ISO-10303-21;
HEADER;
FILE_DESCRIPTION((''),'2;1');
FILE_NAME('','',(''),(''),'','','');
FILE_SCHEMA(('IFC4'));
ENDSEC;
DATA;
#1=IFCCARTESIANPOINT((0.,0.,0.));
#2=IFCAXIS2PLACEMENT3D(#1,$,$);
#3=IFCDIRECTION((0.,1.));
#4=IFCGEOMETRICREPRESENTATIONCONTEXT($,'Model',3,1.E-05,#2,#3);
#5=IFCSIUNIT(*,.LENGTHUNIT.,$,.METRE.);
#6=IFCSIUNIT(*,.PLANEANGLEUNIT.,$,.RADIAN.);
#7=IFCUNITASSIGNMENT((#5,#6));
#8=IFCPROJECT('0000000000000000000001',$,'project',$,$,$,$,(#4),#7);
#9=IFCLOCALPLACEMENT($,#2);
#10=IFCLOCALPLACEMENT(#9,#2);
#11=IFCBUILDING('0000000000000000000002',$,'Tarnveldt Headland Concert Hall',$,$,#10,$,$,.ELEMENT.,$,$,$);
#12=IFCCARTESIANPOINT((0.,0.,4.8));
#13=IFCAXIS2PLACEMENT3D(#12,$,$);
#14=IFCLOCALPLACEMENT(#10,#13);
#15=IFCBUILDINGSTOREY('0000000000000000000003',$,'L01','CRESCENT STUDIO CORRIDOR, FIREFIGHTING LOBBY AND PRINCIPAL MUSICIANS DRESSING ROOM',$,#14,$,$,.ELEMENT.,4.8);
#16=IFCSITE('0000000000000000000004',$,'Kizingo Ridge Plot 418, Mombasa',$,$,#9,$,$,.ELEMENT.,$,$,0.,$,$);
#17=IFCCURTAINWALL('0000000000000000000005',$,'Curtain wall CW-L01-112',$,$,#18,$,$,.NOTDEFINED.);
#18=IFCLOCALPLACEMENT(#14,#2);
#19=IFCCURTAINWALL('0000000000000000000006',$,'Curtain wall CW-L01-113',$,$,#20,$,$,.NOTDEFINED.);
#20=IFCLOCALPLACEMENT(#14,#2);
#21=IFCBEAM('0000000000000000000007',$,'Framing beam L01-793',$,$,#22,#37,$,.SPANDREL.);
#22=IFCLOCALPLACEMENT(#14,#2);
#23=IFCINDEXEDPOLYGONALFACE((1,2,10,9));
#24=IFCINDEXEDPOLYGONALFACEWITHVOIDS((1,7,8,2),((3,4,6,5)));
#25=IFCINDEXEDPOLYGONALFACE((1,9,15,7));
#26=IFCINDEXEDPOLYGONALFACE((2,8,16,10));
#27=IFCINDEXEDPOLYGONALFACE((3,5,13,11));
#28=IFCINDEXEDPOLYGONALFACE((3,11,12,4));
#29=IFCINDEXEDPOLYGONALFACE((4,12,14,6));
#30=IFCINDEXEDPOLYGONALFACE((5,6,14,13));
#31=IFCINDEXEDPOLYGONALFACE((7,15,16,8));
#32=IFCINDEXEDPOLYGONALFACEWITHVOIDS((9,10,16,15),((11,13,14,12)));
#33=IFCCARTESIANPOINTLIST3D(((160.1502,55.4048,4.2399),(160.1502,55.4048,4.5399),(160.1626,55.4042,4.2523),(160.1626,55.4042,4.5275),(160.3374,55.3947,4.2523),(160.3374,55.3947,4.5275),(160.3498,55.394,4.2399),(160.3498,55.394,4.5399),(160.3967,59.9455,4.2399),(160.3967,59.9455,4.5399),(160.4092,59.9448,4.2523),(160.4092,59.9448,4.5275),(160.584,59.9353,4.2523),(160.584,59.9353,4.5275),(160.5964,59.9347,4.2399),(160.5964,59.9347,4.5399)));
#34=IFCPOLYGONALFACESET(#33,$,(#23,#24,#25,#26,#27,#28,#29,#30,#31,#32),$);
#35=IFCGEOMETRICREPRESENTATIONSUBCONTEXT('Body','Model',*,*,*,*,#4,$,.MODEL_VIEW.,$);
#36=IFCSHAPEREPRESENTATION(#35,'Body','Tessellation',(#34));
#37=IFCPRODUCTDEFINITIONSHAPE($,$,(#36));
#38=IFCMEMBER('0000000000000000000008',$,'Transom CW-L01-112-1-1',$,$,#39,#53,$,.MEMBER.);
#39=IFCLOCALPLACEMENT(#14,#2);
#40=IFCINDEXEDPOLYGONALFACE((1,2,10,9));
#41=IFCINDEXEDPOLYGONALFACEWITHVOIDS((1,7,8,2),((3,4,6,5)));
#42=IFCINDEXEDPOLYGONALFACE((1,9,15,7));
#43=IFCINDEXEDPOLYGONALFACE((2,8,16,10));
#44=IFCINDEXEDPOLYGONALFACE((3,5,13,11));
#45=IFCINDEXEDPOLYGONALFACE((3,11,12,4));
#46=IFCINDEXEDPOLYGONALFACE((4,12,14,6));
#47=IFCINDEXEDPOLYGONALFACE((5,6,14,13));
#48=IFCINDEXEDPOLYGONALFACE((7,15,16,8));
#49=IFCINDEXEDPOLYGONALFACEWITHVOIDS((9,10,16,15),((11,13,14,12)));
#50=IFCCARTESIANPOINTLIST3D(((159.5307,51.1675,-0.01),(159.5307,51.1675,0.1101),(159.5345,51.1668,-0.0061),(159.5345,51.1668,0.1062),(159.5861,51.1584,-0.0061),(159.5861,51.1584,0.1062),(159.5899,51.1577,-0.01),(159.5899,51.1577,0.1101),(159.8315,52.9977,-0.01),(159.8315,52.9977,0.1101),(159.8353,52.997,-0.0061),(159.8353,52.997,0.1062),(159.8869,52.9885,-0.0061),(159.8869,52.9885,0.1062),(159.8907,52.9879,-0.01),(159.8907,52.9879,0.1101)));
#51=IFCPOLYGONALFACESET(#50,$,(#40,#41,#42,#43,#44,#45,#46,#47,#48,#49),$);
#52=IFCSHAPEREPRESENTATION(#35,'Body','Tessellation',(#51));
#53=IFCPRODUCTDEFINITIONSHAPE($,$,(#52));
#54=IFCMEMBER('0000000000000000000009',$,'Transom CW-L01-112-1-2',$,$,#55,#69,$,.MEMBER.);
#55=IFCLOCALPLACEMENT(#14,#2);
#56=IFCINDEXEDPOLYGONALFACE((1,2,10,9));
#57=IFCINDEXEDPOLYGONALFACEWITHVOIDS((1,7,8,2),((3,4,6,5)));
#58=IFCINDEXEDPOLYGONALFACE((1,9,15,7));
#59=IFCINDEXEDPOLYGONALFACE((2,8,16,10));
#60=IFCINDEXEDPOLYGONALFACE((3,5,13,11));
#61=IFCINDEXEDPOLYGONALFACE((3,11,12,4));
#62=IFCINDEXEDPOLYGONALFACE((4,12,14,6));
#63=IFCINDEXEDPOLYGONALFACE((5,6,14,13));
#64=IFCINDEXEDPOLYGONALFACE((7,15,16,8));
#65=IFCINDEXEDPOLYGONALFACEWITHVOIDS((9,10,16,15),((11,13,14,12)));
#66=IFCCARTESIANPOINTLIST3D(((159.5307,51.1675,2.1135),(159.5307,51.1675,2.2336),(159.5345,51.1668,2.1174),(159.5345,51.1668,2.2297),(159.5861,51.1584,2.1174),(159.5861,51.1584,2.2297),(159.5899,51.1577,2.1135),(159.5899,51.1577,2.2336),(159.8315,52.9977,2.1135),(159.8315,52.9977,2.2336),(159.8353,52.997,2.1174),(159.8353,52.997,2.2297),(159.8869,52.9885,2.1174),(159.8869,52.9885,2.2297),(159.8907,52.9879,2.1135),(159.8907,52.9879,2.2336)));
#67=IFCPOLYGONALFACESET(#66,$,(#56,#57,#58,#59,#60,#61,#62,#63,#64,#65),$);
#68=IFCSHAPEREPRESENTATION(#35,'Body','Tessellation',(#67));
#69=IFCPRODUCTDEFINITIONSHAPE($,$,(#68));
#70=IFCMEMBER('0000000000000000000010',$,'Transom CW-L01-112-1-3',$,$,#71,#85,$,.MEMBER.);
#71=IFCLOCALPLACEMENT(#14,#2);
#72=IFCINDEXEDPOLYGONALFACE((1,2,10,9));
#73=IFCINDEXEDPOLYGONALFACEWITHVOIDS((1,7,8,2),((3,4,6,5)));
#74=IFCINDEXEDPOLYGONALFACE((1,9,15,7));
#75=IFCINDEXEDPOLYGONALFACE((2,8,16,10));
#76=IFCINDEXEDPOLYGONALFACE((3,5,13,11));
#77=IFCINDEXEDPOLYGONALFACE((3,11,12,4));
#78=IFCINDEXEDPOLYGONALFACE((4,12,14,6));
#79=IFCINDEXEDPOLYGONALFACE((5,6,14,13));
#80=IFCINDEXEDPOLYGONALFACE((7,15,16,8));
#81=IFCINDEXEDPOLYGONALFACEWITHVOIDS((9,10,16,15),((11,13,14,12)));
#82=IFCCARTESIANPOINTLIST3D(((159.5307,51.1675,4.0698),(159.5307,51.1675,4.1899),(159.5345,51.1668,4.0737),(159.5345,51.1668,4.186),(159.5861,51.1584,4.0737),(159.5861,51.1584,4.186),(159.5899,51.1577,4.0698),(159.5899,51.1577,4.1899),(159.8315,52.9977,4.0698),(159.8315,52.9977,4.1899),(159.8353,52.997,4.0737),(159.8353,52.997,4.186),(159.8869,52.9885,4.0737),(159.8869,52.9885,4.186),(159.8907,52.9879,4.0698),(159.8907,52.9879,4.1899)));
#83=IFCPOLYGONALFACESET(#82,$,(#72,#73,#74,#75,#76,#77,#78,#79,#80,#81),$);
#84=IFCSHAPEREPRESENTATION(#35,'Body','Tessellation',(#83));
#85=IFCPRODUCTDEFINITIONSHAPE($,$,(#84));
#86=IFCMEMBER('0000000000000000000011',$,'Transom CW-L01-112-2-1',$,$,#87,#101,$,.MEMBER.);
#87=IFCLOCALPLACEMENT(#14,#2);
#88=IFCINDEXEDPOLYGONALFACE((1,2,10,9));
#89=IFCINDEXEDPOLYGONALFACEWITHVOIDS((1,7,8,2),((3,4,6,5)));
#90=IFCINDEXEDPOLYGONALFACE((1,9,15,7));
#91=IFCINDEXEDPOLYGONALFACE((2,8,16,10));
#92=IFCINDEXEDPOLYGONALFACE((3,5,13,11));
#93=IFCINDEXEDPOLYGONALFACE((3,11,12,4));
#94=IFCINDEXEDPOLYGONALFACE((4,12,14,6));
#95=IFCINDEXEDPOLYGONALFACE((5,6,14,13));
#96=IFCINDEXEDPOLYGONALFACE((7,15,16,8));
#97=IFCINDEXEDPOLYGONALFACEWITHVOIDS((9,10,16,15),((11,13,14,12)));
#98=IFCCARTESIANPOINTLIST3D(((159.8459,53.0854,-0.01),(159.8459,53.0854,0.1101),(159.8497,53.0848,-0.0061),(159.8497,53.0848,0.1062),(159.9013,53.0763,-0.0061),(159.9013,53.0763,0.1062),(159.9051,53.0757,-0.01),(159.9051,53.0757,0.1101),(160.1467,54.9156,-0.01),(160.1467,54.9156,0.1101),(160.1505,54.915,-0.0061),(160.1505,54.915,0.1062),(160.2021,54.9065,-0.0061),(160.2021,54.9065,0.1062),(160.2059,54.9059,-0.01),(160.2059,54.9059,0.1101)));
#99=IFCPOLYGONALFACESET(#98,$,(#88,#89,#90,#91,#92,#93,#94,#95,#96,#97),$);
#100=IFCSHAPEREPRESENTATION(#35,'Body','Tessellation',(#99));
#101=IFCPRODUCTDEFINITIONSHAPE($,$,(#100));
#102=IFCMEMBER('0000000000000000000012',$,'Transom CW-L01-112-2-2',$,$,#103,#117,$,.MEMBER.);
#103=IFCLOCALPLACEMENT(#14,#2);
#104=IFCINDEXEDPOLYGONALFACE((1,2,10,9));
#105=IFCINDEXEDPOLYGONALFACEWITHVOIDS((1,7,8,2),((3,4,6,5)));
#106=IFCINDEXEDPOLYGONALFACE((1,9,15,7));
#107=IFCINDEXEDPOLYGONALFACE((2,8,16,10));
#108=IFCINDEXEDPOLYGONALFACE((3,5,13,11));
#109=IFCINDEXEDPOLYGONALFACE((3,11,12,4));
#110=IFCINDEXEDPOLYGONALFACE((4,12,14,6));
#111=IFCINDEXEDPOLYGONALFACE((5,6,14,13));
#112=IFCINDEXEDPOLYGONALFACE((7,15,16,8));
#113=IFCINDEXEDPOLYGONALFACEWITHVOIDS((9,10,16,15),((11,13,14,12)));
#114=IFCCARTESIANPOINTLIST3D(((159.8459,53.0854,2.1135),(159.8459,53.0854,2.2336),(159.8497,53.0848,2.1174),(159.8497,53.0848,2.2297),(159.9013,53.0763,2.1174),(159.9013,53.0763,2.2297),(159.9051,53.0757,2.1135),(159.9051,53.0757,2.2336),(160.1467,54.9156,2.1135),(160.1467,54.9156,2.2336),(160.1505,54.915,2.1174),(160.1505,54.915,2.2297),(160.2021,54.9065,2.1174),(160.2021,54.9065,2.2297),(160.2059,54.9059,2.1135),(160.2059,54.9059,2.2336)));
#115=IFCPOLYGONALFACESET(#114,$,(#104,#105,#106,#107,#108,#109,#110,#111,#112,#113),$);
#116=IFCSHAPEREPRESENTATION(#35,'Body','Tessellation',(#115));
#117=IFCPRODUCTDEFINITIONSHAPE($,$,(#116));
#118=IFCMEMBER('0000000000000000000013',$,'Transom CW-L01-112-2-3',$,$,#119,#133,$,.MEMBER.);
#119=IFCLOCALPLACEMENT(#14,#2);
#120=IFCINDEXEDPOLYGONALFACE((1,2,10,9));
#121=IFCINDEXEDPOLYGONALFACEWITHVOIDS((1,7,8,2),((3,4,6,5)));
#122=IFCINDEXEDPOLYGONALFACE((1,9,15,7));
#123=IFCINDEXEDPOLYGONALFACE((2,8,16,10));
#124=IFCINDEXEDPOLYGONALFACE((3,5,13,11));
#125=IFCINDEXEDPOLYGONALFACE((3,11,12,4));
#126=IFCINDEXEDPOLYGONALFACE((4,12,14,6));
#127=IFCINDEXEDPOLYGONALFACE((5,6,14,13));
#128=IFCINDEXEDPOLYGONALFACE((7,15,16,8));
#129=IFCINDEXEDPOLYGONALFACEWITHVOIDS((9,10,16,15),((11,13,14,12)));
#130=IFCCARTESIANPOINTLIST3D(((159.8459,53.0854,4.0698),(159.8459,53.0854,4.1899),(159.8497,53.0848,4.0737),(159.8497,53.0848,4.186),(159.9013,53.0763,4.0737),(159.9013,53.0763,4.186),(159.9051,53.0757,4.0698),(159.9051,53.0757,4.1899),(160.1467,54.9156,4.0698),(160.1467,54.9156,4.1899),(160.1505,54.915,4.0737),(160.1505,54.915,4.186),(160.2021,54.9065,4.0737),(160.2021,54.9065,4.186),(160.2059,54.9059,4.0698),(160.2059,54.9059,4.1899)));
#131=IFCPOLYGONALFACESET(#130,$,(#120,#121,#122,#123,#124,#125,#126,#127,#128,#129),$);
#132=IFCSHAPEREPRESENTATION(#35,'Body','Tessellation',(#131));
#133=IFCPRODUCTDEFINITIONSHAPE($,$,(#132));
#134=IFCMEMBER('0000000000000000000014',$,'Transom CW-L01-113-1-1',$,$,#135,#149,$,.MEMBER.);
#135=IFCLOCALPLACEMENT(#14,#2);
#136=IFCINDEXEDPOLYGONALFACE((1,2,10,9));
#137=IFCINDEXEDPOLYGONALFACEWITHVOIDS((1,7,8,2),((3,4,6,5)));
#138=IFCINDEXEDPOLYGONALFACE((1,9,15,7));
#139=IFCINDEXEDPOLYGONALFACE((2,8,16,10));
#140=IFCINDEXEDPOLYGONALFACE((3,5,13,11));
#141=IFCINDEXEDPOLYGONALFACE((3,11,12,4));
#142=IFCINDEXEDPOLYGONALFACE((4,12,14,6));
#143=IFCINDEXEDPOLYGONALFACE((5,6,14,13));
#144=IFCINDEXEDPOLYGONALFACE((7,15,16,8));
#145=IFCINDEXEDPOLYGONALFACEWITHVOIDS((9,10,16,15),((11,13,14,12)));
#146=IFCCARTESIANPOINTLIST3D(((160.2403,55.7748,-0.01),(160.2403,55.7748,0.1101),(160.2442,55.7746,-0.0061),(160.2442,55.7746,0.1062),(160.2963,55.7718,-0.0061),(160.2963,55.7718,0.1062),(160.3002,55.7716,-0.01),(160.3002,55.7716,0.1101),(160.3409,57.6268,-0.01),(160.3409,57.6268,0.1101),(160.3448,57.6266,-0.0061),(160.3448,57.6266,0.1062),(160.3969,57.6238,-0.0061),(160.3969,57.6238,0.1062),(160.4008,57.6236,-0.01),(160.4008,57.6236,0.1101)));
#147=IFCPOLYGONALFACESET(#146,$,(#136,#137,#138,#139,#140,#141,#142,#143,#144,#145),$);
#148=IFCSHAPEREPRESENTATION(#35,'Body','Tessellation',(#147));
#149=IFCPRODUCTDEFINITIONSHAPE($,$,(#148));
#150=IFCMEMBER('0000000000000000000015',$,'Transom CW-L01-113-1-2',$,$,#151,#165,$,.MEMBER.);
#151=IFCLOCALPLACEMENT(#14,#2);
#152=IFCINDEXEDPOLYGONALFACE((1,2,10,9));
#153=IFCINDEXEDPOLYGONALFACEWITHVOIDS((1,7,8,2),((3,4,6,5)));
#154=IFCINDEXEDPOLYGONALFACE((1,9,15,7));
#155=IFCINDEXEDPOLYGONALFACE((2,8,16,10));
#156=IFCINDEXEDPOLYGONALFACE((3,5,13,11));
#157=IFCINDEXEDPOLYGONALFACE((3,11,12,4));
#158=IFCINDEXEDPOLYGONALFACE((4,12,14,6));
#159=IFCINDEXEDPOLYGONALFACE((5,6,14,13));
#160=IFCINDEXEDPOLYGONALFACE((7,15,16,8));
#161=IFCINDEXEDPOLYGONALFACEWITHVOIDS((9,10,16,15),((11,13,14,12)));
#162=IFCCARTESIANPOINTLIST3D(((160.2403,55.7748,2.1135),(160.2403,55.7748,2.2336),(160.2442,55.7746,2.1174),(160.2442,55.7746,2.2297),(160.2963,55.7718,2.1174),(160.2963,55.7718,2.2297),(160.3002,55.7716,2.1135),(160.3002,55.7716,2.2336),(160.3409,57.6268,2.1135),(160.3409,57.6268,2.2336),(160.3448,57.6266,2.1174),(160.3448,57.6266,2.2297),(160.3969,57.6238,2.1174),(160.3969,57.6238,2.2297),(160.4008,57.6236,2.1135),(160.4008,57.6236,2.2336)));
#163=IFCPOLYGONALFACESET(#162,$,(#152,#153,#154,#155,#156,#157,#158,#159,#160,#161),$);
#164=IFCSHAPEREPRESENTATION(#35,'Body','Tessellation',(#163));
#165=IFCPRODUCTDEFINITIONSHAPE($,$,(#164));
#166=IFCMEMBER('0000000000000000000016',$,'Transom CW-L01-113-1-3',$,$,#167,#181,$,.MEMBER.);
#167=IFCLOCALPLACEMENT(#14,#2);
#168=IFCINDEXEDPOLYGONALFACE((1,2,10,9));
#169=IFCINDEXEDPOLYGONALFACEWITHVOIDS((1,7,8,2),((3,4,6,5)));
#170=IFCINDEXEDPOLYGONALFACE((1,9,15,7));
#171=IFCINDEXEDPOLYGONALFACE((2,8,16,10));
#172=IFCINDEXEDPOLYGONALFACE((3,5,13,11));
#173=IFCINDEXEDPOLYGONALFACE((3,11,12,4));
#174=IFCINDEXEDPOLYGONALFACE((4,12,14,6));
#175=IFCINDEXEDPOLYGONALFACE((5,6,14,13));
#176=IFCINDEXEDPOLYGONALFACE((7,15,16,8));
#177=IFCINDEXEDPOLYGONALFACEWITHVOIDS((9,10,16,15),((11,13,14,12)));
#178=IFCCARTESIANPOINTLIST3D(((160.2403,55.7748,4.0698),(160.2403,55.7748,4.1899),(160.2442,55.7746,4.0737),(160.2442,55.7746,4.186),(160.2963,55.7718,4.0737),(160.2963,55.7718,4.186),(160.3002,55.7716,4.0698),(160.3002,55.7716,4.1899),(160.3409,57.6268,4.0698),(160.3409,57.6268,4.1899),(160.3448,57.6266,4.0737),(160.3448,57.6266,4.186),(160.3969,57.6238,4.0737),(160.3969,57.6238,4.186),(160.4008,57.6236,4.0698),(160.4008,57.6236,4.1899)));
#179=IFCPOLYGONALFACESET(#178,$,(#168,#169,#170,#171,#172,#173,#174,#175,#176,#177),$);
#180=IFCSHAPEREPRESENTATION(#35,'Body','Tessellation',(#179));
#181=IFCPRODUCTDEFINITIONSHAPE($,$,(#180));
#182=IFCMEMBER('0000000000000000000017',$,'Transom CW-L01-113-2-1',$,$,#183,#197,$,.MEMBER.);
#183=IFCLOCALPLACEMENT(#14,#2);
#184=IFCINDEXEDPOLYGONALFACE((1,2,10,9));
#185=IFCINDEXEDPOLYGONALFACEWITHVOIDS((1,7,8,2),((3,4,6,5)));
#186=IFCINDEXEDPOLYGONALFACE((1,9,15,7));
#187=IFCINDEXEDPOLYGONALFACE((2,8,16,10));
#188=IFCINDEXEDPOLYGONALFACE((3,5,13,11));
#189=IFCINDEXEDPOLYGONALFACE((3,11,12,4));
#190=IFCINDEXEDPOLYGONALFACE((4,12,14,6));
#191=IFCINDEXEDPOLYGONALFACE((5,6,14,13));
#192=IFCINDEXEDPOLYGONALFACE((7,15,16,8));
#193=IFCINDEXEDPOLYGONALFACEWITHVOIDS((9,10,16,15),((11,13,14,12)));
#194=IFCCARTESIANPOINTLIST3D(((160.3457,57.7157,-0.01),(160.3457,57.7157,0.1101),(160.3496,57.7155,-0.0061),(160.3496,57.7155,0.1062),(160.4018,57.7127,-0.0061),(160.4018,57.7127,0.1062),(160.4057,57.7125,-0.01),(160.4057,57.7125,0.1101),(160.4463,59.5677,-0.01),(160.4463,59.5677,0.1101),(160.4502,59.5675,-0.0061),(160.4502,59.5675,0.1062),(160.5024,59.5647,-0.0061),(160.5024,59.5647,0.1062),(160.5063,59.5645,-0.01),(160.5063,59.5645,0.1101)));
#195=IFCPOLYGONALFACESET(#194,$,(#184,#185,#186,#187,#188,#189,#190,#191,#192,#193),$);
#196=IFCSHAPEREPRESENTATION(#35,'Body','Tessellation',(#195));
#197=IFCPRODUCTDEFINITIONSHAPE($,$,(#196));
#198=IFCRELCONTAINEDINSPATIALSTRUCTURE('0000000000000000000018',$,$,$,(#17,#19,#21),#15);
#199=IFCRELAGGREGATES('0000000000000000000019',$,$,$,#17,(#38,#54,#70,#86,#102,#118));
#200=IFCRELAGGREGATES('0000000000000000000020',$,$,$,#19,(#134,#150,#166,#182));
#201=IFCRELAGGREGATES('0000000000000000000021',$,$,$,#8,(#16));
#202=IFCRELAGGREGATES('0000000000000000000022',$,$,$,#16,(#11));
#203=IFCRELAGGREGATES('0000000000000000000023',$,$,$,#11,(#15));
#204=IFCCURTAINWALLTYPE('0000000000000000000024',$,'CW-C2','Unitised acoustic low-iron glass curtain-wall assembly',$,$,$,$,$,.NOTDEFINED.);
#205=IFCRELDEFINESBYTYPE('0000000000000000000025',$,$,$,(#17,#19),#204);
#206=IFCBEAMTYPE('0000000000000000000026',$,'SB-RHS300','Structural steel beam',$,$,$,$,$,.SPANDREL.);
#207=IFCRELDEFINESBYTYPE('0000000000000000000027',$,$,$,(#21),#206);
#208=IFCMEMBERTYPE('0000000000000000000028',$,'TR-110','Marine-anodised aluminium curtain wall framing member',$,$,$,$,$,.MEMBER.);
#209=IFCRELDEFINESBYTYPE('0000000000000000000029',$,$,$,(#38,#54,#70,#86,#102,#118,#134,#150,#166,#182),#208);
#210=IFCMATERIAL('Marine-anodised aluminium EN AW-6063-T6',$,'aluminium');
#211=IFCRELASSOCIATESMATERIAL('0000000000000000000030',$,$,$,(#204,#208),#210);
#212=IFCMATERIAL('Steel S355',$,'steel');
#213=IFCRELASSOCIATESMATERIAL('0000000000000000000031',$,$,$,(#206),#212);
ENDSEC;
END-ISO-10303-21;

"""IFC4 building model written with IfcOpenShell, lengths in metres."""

from ifc_helpers import new_model, si_unit, direction, frame, origin, origin_2d, place, context, subcontext, project, spatial, hollow_rectangle, extrude, material, material_profile, profile_set, type_object, element, aggregate, save


model = new_model("IFC4")

# Units and contexts
model_context = context("Model", 3, precision=1e-05, world=origin(), true_north=direction((0.0, 1.0)))
body_context = subcontext(model_context, "Body", "Model", "MODEL_VIEW")
ifc_project = project(units=[si_unit("LENGTHUNIT", "METRE"), si_unit("PLANEANGLEUNIT", "RADIAN")], contexts=[model_context])

# Site, building, storey
site_placement = place(None, origin())
site = spatial("IfcSite", under=ifc_project, at=site_placement, Name="Kizingo Ridge Plot 418, Mombasa", CompositionType="ELEMENT", RefElevation=0.0)
building_placement = place(site_placement, origin())
building = spatial("IfcBuilding", under=site, at=building_placement, Name="Tarnveldt Headland Concert Hall", CompositionType="ELEMENT")
storey_placement = place(building_placement, frame((0.0, 0.0, 4.8)))
storey = spatial("IfcBuildingStorey", under=building, at=storey_placement, Name="L01", Description="CRESCENT STUDIO CORRIDOR, FIREFIGHTING LOBBY AND PRINCIPAL MUSICIANS DRESSING ROOM", CompositionType="ELEMENT", Elevation=4.8)

# Curtain walls
ifc_material_1 = material(Name="Marine-anodised aluminium EN AW-6063-T6", Category="aluminium")
curtain_wall_type = type_object("IfcCurtainWallType", Name="CW-C2", Description="Unitised acoustic low-iron glass curtain-wall assembly", PredefinedType="NOTDEFINED", material=ifc_material_1)
curtain_wall_1_placement = place(storey_placement, origin())
curtain_wall_1 = element("IfcCurtainWall", 1, at=curtain_wall_1_placement, inside=storey, type_object=curtain_wall_type, Name="Curtain wall CW-L01-112", PredefinedType="NOTDEFINED")
curtain_wall_2_placement = place(storey_placement, origin())
curtain_wall_2 = element("IfcCurtainWall", 2, at=curtain_wall_2_placement, inside=storey, type_object=curtain_wall_type, Name="Curtain wall CW-L01-113", PredefinedType="NOTDEFINED")

# Beam
ifc_material_2 = material(Name="Steel S355", Category="steel")
ifc_material_profile_1 = material_profile(ifc_material_2, hollow_rectangle(XDim=0.2, YDim=0.3, WallThickness=0.0125, at=origin_2d()), Name="RHS 300x200x12.5", Category="steel")
ifc_profile_set_1 = profile_set([ifc_material_profile_1], Name="Steel S355")
beam_type_1 = type_object("IfcBeamType", Name="SB-RHS300", Description="Structural steel beam", PredefinedType="SPANDREL", material=ifc_profile_set_1)
beam_1_placement = place(storey_placement, frame((160.25, 55.3994, 4.3899), z_axis=(0.054224, 0.998529, 0.0), x_axis=(-0.998529, 0.054224, 0.0)))
element("IfcBeam", 3, at=beam_1_placement, inside=storey, type_object=beam_type_1, Name="Framing beam L01-793", PredefinedType="SPANDREL", context=body_context, shape_type="SweptSolid", body=[
    extrude(hollow_rectangle(XDim=0.2, YDim=0.3, WallThickness=0.0125, at=origin_2d()), origin(), (0.0, 0.0, 1.0), 4.5474),
])

# Members
ifc_material_profile_2 = material_profile(ifc_material_1, hollow_rectangle(XDim=0.0601, YDim=0.1201, WallThickness=0.0039, at=origin_2d()), Name="ALU TRANSOM 60x120x4", Category="aluminium")
ifc_profile_set_2 = profile_set([ifc_material_profile_2], Name="Marine-anodised aluminium EN AW-6063-T6")
member_type_1 = type_object("IfcMemberType", Name="TR-110", Description="Marine-anodised aluminium curtain wall framing member", PredefinedType="MEMBER", material=ifc_profile_set_2)
member_1_placement = place(storey_placement, frame((159.5603, 51.1626, 0.05), z_axis=(0.162179, 0.986761, 0.0), x_axis=(-0.986761, 0.162179, 0.0)))
member_1 = element("IfcMember", 4, at=member_1_placement, type_object=member_type_1, Name="Transom CW-L01-112-1-1", PredefinedType="MEMBER", context=body_context, shape_type="SweptSolid", body=[
    extrude(hollow_rectangle(XDim=0.0601, YDim=0.1201, WallThickness=0.0039, at=origin_2d()), origin(), (0.0, 0.0, 1.0), 1.8547),
])
member_2_placement = place(storey_placement, frame((159.5603, 51.1626, 2.1736), z_axis=(0.162179, 0.986761, 0.0), x_axis=(-0.986761, 0.162179, 0.0)))
member_2 = element("IfcMember", 5, at=member_2_placement, type_object=member_type_1, Name="Transom CW-L01-112-1-2", PredefinedType="MEMBER", context=body_context, shape_type="SweptSolid", body=[
    extrude(hollow_rectangle(XDim=0.0601, YDim=0.1201, WallThickness=0.0039, at=origin_2d()), origin(), (0.0, 0.0, 1.0), 1.8547),
])
member_3_placement = place(storey_placement, frame((159.5603, 51.1626, 4.1299), z_axis=(0.162179, 0.986761, 0.0), x_axis=(-0.986761, 0.162179, 0.0)))
member_3 = element("IfcMember", 6, at=member_3_placement, type_object=member_type_1, Name="Transom CW-L01-112-1-3", PredefinedType="MEMBER", context=body_context, shape_type="SweptSolid", body=[
    extrude(hollow_rectangle(XDim=0.0601, YDim=0.1201, WallThickness=0.0039, at=origin_2d()), origin(), (0.0, 0.0, 1.0), 1.8547),
])
member_4_placement = place(storey_placement, frame((159.8755, 53.0806, 0.05), z_axis=(0.162179, 0.986761, 0.0), x_axis=(-0.986761, 0.162179, 0.0)))
member_4 = element("IfcMember", 7, at=member_4_placement, type_object=member_type_1, Name="Transom CW-L01-112-2-1", PredefinedType="MEMBER", context=body_context, shape_type="SweptSolid", body=[
    extrude(hollow_rectangle(XDim=0.0601, YDim=0.1201, WallThickness=0.0039, at=origin_2d()), origin(), (0.0, 0.0, 1.0), 1.8547),
])
member_5_placement = place(storey_placement, frame((159.8755, 53.0806, 2.1736), z_axis=(0.162179, 0.986761, 0.0), x_axis=(-0.986761, 0.162179, 0.0)))
member_5 = element("IfcMember", 8, at=member_5_placement, type_object=member_type_1, Name="Transom CW-L01-112-2-2", PredefinedType="MEMBER", context=body_context, shape_type="SweptSolid", body=[
    extrude(hollow_rectangle(XDim=0.0601, YDim=0.1201, WallThickness=0.0039, at=origin_2d()), origin(), (0.0, 0.0, 1.0), 1.8547),
])
member_6_placement = place(storey_placement, frame((159.8755, 53.0806, 4.1299), z_axis=(0.162179, 0.986761, 0.0), x_axis=(-0.986761, 0.162179, 0.0)))
member_6 = element("IfcMember", 9, at=member_6_placement, type_object=member_type_1, Name="Transom CW-L01-112-2-3", PredefinedType="MEMBER", context=body_context, shape_type="SweptSolid", body=[
    extrude(hollow_rectangle(XDim=0.0601, YDim=0.1201, WallThickness=0.0039, at=origin_2d()), origin(), (0.0, 0.0, 1.0), 1.8547),
])
member_7_placement = place(storey_placement, frame((160.2703, 55.7732, 0.05), z_axis=(0.054231, 0.998528, 0.0), x_axis=(-0.998528, 0.054231, 0.0)))
member_7 = element("IfcMember", 10, at=member_7_placement, type_object=member_type_1, Name="Transom CW-L01-113-1-1", PredefinedType="MEMBER", context=body_context, shape_type="SweptSolid", body=[
    extrude(hollow_rectangle(XDim=0.0601, YDim=0.1201, WallThickness=0.0039, at=origin_2d()), origin(), (0.0, 0.0, 1.0), 1.8547),
])
member_8_placement = place(storey_placement, frame((160.2703, 55.7732, 2.1736), z_axis=(0.054231, 0.998528, 0.0), x_axis=(-0.998528, 0.054231, 0.0)))
member_8 = element("IfcMember", 11, at=member_8_placement, type_object=member_type_1, Name="Transom CW-L01-113-1-2", PredefinedType="MEMBER", context=body_context, shape_type="SweptSolid", body=[
    extrude(hollow_rectangle(XDim=0.0601, YDim=0.1201, WallThickness=0.0039, at=origin_2d()), origin(), (0.0, 0.0, 1.0), 1.8547),
])
member_9_placement = place(storey_placement, frame((160.2703, 55.7732, 4.1299), z_axis=(0.054231, 0.998528, 0.0), x_axis=(-0.998528, 0.054231, 0.0)))
member_9 = element("IfcMember", 12, at=member_9_placement, type_object=member_type_1, Name="Transom CW-L01-113-1-3", PredefinedType="MEMBER", context=body_context, shape_type="SweptSolid", body=[
    extrude(hollow_rectangle(XDim=0.0601, YDim=0.1201, WallThickness=0.0039, at=origin_2d()), origin(), (0.0, 0.0, 1.0), 1.8547),
])
member_10_placement = place(storey_placement, frame((160.3757, 57.7141, 0.05), z_axis=(0.054231, 0.998528, 0.0), x_axis=(-0.998528, 0.054231, 0.0)))
member_10 = element("IfcMember", 13, at=member_10_placement, type_object=member_type_1, Name="Transom CW-L01-113-2-1", PredefinedType="MEMBER", context=body_context, shape_type="SweptSolid", body=[
    extrude(hollow_rectangle(XDim=0.0601, YDim=0.1201, WallThickness=0.0039, at=origin_2d()), origin(), (0.0, 0.0, 1.0), 1.8547),
])

aggregate(curtain_wall_1, [member_1, member_2, member_3, member_4, member_5, member_6])
aggregate(curtain_wall_2, [member_7, member_8, member_9, member_10])

save(model, "model.ifc")
